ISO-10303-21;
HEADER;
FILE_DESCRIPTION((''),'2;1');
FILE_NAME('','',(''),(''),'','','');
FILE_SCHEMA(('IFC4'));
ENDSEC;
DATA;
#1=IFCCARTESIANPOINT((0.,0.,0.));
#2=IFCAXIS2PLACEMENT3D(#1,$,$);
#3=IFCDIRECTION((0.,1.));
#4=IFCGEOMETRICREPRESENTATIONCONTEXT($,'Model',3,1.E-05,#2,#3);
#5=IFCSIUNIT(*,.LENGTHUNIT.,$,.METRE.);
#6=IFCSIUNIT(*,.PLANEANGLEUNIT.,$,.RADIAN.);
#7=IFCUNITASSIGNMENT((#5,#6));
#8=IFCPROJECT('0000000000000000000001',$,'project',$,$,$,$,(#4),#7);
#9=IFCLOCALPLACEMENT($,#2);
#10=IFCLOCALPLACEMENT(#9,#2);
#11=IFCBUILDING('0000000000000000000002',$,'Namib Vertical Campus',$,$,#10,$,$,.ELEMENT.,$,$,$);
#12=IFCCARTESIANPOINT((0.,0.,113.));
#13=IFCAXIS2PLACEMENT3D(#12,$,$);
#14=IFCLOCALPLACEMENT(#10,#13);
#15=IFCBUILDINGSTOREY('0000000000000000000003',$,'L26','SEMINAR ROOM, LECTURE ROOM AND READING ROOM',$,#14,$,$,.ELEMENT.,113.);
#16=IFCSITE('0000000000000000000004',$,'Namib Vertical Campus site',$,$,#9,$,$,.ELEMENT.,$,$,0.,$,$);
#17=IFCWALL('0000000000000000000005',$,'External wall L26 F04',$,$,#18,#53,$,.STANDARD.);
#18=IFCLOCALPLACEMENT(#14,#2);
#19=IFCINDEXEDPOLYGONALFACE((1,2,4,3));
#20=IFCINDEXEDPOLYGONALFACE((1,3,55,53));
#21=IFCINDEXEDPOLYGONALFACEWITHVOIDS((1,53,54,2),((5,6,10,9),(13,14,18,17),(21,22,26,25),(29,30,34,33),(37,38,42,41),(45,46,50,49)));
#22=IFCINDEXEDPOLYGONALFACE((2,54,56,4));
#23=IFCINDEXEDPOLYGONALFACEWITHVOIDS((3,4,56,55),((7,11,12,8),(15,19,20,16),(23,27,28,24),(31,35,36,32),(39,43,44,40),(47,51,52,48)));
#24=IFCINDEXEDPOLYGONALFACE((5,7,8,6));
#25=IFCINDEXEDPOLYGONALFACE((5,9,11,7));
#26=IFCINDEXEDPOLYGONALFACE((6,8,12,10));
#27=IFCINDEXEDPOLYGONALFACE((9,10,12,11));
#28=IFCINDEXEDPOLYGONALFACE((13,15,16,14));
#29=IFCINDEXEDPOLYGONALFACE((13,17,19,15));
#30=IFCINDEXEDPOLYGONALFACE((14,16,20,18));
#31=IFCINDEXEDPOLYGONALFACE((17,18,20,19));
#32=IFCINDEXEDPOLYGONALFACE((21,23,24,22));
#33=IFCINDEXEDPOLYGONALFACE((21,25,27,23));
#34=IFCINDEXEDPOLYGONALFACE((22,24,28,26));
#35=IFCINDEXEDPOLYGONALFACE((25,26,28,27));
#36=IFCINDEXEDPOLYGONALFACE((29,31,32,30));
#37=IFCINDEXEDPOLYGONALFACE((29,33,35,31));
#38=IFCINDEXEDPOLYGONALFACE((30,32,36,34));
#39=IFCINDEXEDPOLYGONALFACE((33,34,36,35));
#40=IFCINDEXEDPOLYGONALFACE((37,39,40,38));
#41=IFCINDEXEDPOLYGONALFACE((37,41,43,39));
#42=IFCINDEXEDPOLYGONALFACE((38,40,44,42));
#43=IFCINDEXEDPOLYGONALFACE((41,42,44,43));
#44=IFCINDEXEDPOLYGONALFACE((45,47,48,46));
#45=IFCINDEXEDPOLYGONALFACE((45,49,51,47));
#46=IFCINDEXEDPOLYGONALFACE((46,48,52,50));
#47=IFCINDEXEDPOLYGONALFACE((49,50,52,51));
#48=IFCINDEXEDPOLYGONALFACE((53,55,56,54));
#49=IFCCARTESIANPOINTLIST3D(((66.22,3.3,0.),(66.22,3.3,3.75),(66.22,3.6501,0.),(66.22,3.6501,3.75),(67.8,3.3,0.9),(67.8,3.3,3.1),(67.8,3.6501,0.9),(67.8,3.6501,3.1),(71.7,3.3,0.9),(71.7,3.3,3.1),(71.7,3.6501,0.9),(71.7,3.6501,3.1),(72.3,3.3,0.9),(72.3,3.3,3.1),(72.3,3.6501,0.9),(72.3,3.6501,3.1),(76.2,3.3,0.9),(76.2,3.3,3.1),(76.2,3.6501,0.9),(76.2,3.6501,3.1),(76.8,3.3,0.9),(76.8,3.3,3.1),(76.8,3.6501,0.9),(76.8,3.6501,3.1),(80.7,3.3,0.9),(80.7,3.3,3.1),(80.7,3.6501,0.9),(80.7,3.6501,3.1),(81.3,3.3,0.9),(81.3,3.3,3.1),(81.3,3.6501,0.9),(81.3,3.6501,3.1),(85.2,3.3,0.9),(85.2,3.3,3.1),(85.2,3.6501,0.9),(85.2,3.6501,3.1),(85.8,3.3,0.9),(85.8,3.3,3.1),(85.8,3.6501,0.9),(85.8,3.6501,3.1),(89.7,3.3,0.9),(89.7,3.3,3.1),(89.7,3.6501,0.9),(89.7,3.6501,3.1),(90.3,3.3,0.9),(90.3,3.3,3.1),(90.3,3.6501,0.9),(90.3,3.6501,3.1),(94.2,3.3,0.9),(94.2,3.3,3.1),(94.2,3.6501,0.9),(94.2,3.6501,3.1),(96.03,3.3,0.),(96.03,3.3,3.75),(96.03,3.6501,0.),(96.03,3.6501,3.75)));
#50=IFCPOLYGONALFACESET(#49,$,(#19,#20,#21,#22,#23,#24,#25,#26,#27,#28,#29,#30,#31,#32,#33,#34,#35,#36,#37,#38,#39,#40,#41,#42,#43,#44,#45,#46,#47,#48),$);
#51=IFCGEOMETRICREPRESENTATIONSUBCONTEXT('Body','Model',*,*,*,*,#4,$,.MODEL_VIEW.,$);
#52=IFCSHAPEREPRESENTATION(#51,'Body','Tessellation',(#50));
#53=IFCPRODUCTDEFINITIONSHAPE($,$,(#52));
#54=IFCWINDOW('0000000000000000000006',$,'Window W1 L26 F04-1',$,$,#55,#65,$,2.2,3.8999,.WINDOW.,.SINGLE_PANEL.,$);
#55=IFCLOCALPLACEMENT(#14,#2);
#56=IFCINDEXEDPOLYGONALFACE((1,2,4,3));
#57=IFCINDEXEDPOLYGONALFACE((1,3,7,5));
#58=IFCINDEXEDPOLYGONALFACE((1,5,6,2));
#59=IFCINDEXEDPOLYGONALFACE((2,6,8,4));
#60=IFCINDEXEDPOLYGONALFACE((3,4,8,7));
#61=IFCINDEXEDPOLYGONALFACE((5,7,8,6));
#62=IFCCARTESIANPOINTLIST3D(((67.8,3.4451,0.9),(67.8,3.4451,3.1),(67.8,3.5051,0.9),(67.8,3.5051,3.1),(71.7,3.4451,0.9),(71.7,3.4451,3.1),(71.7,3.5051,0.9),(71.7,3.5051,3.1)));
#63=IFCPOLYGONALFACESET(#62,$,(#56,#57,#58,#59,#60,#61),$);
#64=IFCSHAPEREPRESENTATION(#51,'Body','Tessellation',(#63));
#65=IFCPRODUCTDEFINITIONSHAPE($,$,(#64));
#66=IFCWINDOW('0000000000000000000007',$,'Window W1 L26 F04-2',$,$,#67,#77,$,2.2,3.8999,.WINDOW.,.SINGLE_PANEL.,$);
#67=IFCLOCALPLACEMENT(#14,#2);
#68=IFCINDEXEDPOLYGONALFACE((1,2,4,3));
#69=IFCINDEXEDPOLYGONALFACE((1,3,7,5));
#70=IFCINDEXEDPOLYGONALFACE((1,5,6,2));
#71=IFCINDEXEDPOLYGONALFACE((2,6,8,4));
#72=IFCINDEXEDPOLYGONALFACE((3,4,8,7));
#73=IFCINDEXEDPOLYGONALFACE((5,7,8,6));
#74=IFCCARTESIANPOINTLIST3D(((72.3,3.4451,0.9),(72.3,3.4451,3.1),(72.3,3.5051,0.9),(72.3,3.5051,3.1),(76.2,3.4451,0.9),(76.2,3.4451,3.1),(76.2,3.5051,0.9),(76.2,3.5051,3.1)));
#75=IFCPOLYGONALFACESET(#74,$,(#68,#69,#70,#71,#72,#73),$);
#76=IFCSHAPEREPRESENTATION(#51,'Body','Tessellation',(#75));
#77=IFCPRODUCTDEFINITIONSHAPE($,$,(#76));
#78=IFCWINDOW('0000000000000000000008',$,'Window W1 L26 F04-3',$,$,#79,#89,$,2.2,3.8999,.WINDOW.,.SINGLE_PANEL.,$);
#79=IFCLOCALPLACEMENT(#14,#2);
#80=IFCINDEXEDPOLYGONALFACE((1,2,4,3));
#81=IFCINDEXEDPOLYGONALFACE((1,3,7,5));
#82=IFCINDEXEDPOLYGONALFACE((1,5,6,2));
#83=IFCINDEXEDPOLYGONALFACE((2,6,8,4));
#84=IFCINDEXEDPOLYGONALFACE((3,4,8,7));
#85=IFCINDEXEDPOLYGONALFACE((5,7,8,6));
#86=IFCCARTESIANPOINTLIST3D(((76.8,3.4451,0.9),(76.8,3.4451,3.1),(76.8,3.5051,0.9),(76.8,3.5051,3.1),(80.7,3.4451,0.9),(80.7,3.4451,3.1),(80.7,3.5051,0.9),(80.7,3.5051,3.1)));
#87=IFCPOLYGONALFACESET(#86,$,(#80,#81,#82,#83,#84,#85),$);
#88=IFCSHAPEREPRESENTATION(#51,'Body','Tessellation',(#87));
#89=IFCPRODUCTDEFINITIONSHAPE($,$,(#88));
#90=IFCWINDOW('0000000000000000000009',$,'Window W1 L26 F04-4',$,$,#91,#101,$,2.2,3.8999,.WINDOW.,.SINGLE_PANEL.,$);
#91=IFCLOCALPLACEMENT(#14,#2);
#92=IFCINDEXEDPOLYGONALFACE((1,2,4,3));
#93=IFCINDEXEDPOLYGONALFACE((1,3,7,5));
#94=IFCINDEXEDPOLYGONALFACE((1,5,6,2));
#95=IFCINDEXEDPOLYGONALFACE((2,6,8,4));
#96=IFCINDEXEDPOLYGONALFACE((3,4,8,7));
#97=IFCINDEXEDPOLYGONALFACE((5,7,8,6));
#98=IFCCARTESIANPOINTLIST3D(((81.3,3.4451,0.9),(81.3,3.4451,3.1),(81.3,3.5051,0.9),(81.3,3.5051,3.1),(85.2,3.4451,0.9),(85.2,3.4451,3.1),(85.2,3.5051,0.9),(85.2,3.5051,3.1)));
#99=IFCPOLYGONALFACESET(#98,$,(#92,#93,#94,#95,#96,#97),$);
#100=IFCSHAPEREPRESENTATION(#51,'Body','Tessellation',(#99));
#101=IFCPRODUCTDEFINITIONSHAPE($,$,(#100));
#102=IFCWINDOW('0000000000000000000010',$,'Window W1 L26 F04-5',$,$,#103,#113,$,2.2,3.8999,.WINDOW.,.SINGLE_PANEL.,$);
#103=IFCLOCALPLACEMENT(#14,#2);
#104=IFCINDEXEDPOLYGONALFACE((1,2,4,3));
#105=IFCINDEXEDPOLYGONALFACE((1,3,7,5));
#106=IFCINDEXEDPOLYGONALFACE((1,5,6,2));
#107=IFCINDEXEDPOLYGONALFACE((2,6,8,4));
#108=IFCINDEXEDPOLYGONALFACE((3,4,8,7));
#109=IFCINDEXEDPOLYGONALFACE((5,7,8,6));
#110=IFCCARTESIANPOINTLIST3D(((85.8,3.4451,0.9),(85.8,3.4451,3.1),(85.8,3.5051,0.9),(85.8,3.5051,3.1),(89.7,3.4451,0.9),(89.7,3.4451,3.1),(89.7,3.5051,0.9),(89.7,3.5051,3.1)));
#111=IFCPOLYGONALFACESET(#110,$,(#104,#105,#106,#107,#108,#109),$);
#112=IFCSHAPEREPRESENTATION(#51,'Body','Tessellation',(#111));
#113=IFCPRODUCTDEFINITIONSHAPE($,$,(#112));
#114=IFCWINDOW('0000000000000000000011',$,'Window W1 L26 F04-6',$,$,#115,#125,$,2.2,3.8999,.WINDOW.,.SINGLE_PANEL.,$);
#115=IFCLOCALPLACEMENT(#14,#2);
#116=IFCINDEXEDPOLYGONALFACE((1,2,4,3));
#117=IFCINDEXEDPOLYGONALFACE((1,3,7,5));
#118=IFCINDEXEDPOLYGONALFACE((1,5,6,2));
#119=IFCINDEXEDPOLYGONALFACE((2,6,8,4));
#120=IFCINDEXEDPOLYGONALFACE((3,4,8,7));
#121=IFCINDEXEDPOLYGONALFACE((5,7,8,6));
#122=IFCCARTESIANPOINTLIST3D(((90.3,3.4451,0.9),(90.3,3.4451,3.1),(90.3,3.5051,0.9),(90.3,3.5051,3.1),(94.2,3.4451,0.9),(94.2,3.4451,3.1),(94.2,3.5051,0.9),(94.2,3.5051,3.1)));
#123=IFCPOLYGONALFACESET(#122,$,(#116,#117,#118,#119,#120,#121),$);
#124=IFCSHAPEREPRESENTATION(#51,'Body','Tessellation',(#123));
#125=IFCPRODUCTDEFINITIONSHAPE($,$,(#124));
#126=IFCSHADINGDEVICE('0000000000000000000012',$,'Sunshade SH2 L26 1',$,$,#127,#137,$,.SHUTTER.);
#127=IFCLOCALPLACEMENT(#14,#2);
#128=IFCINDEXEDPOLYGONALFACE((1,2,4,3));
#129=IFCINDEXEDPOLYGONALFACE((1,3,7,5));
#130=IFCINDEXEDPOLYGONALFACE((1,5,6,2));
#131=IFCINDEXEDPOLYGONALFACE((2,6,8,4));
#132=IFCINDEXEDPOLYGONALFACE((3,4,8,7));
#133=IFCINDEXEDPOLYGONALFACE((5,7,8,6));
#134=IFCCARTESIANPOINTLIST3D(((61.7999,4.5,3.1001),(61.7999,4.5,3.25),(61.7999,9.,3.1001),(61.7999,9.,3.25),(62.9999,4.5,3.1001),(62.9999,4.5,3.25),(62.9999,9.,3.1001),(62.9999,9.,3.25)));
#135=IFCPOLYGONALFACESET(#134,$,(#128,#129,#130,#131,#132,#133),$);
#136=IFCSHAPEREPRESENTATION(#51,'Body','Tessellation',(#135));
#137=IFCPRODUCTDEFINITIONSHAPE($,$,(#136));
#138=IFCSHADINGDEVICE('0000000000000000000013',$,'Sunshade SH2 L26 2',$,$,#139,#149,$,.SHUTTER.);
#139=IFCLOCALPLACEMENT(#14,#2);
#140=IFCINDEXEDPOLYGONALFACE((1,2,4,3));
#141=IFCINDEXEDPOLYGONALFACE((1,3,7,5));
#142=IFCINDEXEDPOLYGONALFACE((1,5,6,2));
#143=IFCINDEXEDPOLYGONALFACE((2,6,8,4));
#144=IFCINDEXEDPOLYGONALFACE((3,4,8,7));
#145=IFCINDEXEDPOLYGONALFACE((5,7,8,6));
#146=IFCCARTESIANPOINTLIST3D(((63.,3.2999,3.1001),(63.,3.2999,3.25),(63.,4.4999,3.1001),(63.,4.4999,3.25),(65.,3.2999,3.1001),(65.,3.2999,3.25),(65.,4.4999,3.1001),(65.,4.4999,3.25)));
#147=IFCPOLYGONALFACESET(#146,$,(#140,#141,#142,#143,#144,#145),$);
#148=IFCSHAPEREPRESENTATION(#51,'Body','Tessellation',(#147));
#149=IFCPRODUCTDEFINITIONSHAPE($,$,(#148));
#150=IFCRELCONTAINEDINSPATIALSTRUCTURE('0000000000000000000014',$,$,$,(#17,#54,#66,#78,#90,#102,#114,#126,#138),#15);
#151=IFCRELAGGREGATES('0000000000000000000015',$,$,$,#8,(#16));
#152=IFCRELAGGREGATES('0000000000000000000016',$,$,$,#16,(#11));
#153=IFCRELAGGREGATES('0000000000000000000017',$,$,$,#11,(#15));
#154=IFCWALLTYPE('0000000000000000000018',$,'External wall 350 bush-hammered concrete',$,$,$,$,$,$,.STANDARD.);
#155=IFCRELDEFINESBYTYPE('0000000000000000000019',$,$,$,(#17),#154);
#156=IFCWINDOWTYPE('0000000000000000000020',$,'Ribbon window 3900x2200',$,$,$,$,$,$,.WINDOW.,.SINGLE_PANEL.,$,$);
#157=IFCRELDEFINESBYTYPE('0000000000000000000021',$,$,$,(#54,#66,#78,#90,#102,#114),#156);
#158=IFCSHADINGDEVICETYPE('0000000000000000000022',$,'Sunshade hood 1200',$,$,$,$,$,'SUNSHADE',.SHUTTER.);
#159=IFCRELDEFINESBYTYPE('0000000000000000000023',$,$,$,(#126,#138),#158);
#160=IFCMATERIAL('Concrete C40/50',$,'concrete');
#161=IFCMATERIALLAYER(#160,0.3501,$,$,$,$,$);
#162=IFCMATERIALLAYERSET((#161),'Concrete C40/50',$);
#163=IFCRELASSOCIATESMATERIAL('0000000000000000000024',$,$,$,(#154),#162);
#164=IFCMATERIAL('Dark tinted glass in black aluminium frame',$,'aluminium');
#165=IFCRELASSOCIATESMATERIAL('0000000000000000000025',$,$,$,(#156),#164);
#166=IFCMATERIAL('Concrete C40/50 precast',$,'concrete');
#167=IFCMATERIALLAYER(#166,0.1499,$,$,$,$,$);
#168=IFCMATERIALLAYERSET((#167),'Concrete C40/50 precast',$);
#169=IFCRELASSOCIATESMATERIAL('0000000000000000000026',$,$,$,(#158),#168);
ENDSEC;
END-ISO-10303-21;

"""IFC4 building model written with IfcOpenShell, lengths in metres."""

from ifc_helpers import new_model, si_unit, direction, frame, frame_2d, origin, origin_2d, place, context, subcontext, project, spatial, rectangle, extrude, material, layer, layer_set, type_object, element, fill, save


model = new_model("IFC4")

# Units and contexts
model_context = context("Model", 3, precision=1e-05, world=origin(), true_north=direction((0.0, 1.0)))
body_context = subcontext(model_context, "Body", "Model", "MODEL_VIEW")
ifc_project = project(units=[si_unit("LENGTHUNIT", "METRE"), si_unit("PLANEANGLEUNIT", "RADIAN")], contexts=[model_context])

# Site, building, storey
site_placement = place(None, origin())
site = spatial("IfcSite", under=ifc_project, at=site_placement, Name="Namib Vertical Campus site", CompositionType="ELEMENT", RefElevation=0.0)
building_placement = place(site_placement, origin())
building = spatial("IfcBuilding", under=site, at=building_placement, Name="Namib Vertical Campus", CompositionType="ELEMENT")
storey_placement = place(building_placement, frame((0.0, 0.0, 113.0)))
storey = spatial("IfcBuildingStorey", under=building, at=storey_placement, Name="L26", Description="SEMINAR ROOM, LECTURE ROOM AND READING ROOM", CompositionType="ELEMENT", Elevation=113.0)

# Shared definitions
ifc_material_1 = material(Name="Concrete C40/50", Category="concrete")
ifc_layer_1 = layer(ifc_material_1, 0.3501)
ifc_layer_set_1 = layer_set([ifc_layer_1], Name="Concrete C40/50")
wall_type = type_object("IfcWallType", Name="External wall 350 bush-hammered concrete", PredefinedType="STANDARD", material=ifc_layer_set_1)

# Wall, openings, windows
wall_1_placement = place(storey_placement, frame((66.22, 3.4751, 0.0), z_axis=(0.0, 0.0, 1.0), x_axis=(1.0, 0.0, 0.0)))
wall_1 = element("IfcWall", 1, at=wall_1_placement, inside=storey, type_object=wall_type, Name="External wall L26 F04", PredefinedType="STANDARD", context=body_context, shape_type="SweptSolid", body=[
    extrude(rectangle(XDim=29.8101, YDim=0.3501, at=frame_2d((14.905, 0.0))), origin(), (0.0, 0.0, 1.0), 3.75),
])
opening_1_placement = place(wall_1_placement, frame((1.5801, 0.0, 0.8999)))
opening_1 = element("IfcOpeningElement", 2, at=opening_1_placement, cuts=wall_1, PredefinedType="OPENING", context=body_context, shape_type="SweptSolid", body=[
    extrude(rectangle(XDim=3.8999, YDim=2.2, at=frame_2d((1.95, 1.1001))), frame((0.0, 0.1851, 0.0), z_axis=(0.0, -1.0, 0.0), x_axis=(1.0, 0.0, 0.0)), (0.0, 0.0, 1.0), 0.3701),
])
opening_2_placement = place(wall_1_placement, frame((6.0801, 0.0, 0.8999)))
opening_2 = element("IfcOpeningElement", 3, at=opening_2_placement, cuts=wall_1, PredefinedType="OPENING", context=body_context, shape_type="SweptSolid", body=[
    extrude(rectangle(XDim=3.8999, YDim=2.2, at=frame_2d((1.95, 1.1001))), frame((0.0, 0.1851, 0.0), z_axis=(0.0, -1.0, 0.0), x_axis=(1.0, 0.0, 0.0)), (0.0, 0.0, 1.0), 0.3701),
])
opening_3_placement = place(wall_1_placement, frame((10.5801, 0.0, 0.8999)))
opening_3 = element("IfcOpeningElement", 4, at=opening_3_placement, cuts=wall_1, PredefinedType="OPENING", context=body_context, shape_type="SweptSolid", body=[
    extrude(rectangle(XDim=3.8999, YDim=2.2, at=frame_2d((1.95, 1.1001))), frame((0.0, 0.1851, 0.0), z_axis=(0.0, -1.0, 0.0), x_axis=(1.0, 0.0, 0.0)), (0.0, 0.0, 1.0), 0.3701),
])
opening_4_placement = place(wall_1_placement, frame((15.0801, 0.0, 0.8999)))
opening_4 = element("IfcOpeningElement", 5, at=opening_4_placement, cuts=wall_1, PredefinedType="OPENING", context=body_context, shape_type="SweptSolid", body=[
    extrude(rectangle(XDim=3.8999, YDim=2.2, at=frame_2d((1.95, 1.1001))), frame((0.0, 0.1851, 0.0), z_axis=(0.0, -1.0, 0.0), x_axis=(1.0, 0.0, 0.0)), (0.0, 0.0, 1.0), 0.3701),
])
opening_5_placement = place(wall_1_placement, frame((19.5801, 0.0, 0.8999)))
opening_5 = element("IfcOpeningElement", 6, at=opening_5_placement, cuts=wall_1, PredefinedType="OPENING", context=body_context, shape_type="SweptSolid", body=[
    extrude(rectangle(XDim=3.8999, YDim=2.2, at=frame_2d((1.95, 1.1001))), frame((0.0, 0.1851, 0.0), z_axis=(0.0, -1.0, 0.0), x_axis=(1.0, 0.0, 0.0)), (0.0, 0.0, 1.0), 0.3701),
])
opening_6_placement = place(wall_1_placement, frame((24.0801, 0.0, 0.8999)))
opening_6 = element("IfcOpeningElement", 7, at=opening_6_placement, cuts=wall_1, PredefinedType="OPENING", context=body_context, shape_type="SweptSolid", body=[
    extrude(rectangle(XDim=3.8999, YDim=2.2, at=frame_2d((1.95, 1.1001))), frame((0.0, 0.1851, 0.0), z_axis=(0.0, -1.0, 0.0), x_axis=(1.0, 0.0, 0.0)), (0.0, 0.0, 1.0), 0.3701),
])
ifc_material_2 = material(Name="Dark tinted glass in black aluminium frame", Category="aluminium")
window_type = type_object("IfcWindowType", Name="Ribbon window 3900x2200", PartitioningType="SINGLE_PANEL", PredefinedType="WINDOW", material=ifc_material_2)
window_1_placement = place(opening_1_placement, origin())
window_1 = element("IfcWindow", 8, at=window_1_placement, inside=storey, type_object=window_type, Name="Window W1 L26 F04-1", OverallHeight=2.2, OverallWidth=3.8999, PartitioningType="SINGLE_PANEL", PredefinedType="WINDOW", context=body_context, shape_type="SweptSolid", body=[
    extrude(rectangle(XDim=3.8999, YDim=2.2, at=frame_2d((1.95, 1.1001))), frame((0.0, 0.03, 0.0), z_axis=(0.0, -1.0, 0.0), x_axis=(1.0, 0.0, 0.0)), (0.0, 0.0, 1.0), 0.0601),
])
fill(opening_1, window_1)
window_2_placement = place(opening_2_placement, origin())
window_2 = element("IfcWindow", 9, at=window_2_placement, inside=storey, type_object=window_type, Name="Window W1 L26 F04-2", OverallHeight=2.2, OverallWidth=3.8999, PartitioningType="SINGLE_PANEL", PredefinedType="WINDOW", context=body_context, shape_type="SweptSolid", body=[
    extrude(rectangle(XDim=3.8999, YDim=2.2, at=frame_2d((1.95, 1.1001))), frame((0.0, 0.03, 0.0), z_axis=(0.0, -1.0, 0.0), x_axis=(1.0, 0.0, 0.0)), (0.0, 0.0, 1.0), 0.0601),
])
fill(opening_2, window_2)
window_3_placement = place(opening_3_placement, origin())
window_3 = element("IfcWindow", 10, at=window_3_placement, inside=storey, type_object=window_type, Name="Window W1 L26 F04-3", OverallHeight=2.2, OverallWidth=3.8999, PartitioningType="SINGLE_PANEL", PredefinedType="WINDOW", context=body_context, shape_type="SweptSolid", body=[
    extrude(rectangle(XDim=3.8999, YDim=2.2, at=frame_2d((1.95, 1.1001))), frame((0.0, 0.03, 0.0), z_axis=(0.0, -1.0, 0.0), x_axis=(1.0, 0.0, 0.0)), (0.0, 0.0, 1.0), 0.0601),
])
fill(opening_3, window_3)
window_4_placement = place(opening_4_placement, origin())
window_4 = element("IfcWindow", 11, at=window_4_placement, inside=storey, type_object=window_type, Name="Window W1 L26 F04-4", OverallHeight=2.2, OverallWidth=3.8999, PartitioningType="SINGLE_PANEL", PredefinedType="WINDOW", context=body_context, shape_type="SweptSolid", body=[
    extrude(rectangle(XDim=3.8999, YDim=2.2, at=frame_2d((1.95, 1.1001))), frame((0.0, 0.03, 0.0), z_axis=(0.0, -1.0, 0.0), x_axis=(1.0, 0.0, 0.0)), (0.0, 0.0, 1.0), 0.0601),
])
fill(opening_4, window_4)
window_5_placement = place(opening_5_placement, origin())
window_5 = element("IfcWindow", 12, at=window_5_placement, inside=storey, type_object=window_type, Name="Window W1 L26 F04-5", OverallHeight=2.2, OverallWidth=3.8999, PartitioningType="SINGLE_PANEL", PredefinedType="WINDOW", context=body_context, shape_type="SweptSolid", body=[
    extrude(rectangle(XDim=3.8999, YDim=2.2, at=frame_2d((1.95, 1.1001))), frame((0.0, 0.03, 0.0), z_axis=(0.0, -1.0, 0.0), x_axis=(1.0, 0.0, 0.0)), (0.0, 0.0, 1.0), 0.0601),
])
fill(opening_5, window_5)
window_6_placement = place(opening_6_placement, origin())
window_6 = element("IfcWindow", 13, at=window_6_placement, inside=storey, type_object=window_type, Name="Window W1 L26 F04-6", OverallHeight=2.2, OverallWidth=3.8999, PartitioningType="SINGLE_PANEL", PredefinedType="WINDOW", context=body_context, shape_type="SweptSolid", body=[
    extrude(rectangle(XDim=3.8999, YDim=2.2, at=frame_2d((1.95, 1.1001))), frame((0.0, 0.03, 0.0), z_axis=(0.0, -1.0, 0.0), x_axis=(1.0, 0.0, 0.0)), (0.0, 0.0, 1.0), 0.0601),
])
fill(opening_6, window_6)

# Shading devices
ifc_material_3 = material(Name="Concrete C40/50 precast", Category="concrete")
ifc_layer_2 = layer(ifc_material_3, 0.1499)
ifc_layer_set_2 = layer_set([ifc_layer_2], Name="Concrete C40/50 precast")
shading_device_type = type_object("IfcShadingDeviceType", Name="Sunshade hood 1200", ElementType="SUNSHADE", PredefinedType="SHUTTER", material=ifc_layer_set_2)
shading_device_1_placement = place(storey_placement, frame((62.3999, 6.75, 3.1001), z_axis=(0.0, 0.0, 1.0), x_axis=(0.0, -1.0, 0.0)))
element("IfcShadingDevice", 14, at=shading_device_1_placement, inside=storey, type_object=shading_device_type, Name="Sunshade SH2 L26 1", PredefinedType="SHUTTER", context=body_context, shape_type="SweptSolid", body=[
    extrude(rectangle(XDim=4.5, YDim=1.2, at=origin_2d()), origin(), (0.0, 0.0, 1.0), 0.1499),
])
shading_device_2_placement = place(storey_placement, frame((64.0, 3.8999, 3.1001), z_axis=(0.0, 0.0, 1.0), x_axis=(1.0, 0.0, 0.0)))
element("IfcShadingDevice", 15, at=shading_device_2_placement, inside=storey, type_object=shading_device_type, Name="Sunshade SH2 L26 2", PredefinedType="SHUTTER", context=body_context, shape_type="SweptSolid", body=[
    extrude(rectangle(XDim=2.0, YDim=1.2, at=origin_2d()), origin(), (0.0, 0.0, 1.0), 0.1499),
])

save(model, "model.ifc")
